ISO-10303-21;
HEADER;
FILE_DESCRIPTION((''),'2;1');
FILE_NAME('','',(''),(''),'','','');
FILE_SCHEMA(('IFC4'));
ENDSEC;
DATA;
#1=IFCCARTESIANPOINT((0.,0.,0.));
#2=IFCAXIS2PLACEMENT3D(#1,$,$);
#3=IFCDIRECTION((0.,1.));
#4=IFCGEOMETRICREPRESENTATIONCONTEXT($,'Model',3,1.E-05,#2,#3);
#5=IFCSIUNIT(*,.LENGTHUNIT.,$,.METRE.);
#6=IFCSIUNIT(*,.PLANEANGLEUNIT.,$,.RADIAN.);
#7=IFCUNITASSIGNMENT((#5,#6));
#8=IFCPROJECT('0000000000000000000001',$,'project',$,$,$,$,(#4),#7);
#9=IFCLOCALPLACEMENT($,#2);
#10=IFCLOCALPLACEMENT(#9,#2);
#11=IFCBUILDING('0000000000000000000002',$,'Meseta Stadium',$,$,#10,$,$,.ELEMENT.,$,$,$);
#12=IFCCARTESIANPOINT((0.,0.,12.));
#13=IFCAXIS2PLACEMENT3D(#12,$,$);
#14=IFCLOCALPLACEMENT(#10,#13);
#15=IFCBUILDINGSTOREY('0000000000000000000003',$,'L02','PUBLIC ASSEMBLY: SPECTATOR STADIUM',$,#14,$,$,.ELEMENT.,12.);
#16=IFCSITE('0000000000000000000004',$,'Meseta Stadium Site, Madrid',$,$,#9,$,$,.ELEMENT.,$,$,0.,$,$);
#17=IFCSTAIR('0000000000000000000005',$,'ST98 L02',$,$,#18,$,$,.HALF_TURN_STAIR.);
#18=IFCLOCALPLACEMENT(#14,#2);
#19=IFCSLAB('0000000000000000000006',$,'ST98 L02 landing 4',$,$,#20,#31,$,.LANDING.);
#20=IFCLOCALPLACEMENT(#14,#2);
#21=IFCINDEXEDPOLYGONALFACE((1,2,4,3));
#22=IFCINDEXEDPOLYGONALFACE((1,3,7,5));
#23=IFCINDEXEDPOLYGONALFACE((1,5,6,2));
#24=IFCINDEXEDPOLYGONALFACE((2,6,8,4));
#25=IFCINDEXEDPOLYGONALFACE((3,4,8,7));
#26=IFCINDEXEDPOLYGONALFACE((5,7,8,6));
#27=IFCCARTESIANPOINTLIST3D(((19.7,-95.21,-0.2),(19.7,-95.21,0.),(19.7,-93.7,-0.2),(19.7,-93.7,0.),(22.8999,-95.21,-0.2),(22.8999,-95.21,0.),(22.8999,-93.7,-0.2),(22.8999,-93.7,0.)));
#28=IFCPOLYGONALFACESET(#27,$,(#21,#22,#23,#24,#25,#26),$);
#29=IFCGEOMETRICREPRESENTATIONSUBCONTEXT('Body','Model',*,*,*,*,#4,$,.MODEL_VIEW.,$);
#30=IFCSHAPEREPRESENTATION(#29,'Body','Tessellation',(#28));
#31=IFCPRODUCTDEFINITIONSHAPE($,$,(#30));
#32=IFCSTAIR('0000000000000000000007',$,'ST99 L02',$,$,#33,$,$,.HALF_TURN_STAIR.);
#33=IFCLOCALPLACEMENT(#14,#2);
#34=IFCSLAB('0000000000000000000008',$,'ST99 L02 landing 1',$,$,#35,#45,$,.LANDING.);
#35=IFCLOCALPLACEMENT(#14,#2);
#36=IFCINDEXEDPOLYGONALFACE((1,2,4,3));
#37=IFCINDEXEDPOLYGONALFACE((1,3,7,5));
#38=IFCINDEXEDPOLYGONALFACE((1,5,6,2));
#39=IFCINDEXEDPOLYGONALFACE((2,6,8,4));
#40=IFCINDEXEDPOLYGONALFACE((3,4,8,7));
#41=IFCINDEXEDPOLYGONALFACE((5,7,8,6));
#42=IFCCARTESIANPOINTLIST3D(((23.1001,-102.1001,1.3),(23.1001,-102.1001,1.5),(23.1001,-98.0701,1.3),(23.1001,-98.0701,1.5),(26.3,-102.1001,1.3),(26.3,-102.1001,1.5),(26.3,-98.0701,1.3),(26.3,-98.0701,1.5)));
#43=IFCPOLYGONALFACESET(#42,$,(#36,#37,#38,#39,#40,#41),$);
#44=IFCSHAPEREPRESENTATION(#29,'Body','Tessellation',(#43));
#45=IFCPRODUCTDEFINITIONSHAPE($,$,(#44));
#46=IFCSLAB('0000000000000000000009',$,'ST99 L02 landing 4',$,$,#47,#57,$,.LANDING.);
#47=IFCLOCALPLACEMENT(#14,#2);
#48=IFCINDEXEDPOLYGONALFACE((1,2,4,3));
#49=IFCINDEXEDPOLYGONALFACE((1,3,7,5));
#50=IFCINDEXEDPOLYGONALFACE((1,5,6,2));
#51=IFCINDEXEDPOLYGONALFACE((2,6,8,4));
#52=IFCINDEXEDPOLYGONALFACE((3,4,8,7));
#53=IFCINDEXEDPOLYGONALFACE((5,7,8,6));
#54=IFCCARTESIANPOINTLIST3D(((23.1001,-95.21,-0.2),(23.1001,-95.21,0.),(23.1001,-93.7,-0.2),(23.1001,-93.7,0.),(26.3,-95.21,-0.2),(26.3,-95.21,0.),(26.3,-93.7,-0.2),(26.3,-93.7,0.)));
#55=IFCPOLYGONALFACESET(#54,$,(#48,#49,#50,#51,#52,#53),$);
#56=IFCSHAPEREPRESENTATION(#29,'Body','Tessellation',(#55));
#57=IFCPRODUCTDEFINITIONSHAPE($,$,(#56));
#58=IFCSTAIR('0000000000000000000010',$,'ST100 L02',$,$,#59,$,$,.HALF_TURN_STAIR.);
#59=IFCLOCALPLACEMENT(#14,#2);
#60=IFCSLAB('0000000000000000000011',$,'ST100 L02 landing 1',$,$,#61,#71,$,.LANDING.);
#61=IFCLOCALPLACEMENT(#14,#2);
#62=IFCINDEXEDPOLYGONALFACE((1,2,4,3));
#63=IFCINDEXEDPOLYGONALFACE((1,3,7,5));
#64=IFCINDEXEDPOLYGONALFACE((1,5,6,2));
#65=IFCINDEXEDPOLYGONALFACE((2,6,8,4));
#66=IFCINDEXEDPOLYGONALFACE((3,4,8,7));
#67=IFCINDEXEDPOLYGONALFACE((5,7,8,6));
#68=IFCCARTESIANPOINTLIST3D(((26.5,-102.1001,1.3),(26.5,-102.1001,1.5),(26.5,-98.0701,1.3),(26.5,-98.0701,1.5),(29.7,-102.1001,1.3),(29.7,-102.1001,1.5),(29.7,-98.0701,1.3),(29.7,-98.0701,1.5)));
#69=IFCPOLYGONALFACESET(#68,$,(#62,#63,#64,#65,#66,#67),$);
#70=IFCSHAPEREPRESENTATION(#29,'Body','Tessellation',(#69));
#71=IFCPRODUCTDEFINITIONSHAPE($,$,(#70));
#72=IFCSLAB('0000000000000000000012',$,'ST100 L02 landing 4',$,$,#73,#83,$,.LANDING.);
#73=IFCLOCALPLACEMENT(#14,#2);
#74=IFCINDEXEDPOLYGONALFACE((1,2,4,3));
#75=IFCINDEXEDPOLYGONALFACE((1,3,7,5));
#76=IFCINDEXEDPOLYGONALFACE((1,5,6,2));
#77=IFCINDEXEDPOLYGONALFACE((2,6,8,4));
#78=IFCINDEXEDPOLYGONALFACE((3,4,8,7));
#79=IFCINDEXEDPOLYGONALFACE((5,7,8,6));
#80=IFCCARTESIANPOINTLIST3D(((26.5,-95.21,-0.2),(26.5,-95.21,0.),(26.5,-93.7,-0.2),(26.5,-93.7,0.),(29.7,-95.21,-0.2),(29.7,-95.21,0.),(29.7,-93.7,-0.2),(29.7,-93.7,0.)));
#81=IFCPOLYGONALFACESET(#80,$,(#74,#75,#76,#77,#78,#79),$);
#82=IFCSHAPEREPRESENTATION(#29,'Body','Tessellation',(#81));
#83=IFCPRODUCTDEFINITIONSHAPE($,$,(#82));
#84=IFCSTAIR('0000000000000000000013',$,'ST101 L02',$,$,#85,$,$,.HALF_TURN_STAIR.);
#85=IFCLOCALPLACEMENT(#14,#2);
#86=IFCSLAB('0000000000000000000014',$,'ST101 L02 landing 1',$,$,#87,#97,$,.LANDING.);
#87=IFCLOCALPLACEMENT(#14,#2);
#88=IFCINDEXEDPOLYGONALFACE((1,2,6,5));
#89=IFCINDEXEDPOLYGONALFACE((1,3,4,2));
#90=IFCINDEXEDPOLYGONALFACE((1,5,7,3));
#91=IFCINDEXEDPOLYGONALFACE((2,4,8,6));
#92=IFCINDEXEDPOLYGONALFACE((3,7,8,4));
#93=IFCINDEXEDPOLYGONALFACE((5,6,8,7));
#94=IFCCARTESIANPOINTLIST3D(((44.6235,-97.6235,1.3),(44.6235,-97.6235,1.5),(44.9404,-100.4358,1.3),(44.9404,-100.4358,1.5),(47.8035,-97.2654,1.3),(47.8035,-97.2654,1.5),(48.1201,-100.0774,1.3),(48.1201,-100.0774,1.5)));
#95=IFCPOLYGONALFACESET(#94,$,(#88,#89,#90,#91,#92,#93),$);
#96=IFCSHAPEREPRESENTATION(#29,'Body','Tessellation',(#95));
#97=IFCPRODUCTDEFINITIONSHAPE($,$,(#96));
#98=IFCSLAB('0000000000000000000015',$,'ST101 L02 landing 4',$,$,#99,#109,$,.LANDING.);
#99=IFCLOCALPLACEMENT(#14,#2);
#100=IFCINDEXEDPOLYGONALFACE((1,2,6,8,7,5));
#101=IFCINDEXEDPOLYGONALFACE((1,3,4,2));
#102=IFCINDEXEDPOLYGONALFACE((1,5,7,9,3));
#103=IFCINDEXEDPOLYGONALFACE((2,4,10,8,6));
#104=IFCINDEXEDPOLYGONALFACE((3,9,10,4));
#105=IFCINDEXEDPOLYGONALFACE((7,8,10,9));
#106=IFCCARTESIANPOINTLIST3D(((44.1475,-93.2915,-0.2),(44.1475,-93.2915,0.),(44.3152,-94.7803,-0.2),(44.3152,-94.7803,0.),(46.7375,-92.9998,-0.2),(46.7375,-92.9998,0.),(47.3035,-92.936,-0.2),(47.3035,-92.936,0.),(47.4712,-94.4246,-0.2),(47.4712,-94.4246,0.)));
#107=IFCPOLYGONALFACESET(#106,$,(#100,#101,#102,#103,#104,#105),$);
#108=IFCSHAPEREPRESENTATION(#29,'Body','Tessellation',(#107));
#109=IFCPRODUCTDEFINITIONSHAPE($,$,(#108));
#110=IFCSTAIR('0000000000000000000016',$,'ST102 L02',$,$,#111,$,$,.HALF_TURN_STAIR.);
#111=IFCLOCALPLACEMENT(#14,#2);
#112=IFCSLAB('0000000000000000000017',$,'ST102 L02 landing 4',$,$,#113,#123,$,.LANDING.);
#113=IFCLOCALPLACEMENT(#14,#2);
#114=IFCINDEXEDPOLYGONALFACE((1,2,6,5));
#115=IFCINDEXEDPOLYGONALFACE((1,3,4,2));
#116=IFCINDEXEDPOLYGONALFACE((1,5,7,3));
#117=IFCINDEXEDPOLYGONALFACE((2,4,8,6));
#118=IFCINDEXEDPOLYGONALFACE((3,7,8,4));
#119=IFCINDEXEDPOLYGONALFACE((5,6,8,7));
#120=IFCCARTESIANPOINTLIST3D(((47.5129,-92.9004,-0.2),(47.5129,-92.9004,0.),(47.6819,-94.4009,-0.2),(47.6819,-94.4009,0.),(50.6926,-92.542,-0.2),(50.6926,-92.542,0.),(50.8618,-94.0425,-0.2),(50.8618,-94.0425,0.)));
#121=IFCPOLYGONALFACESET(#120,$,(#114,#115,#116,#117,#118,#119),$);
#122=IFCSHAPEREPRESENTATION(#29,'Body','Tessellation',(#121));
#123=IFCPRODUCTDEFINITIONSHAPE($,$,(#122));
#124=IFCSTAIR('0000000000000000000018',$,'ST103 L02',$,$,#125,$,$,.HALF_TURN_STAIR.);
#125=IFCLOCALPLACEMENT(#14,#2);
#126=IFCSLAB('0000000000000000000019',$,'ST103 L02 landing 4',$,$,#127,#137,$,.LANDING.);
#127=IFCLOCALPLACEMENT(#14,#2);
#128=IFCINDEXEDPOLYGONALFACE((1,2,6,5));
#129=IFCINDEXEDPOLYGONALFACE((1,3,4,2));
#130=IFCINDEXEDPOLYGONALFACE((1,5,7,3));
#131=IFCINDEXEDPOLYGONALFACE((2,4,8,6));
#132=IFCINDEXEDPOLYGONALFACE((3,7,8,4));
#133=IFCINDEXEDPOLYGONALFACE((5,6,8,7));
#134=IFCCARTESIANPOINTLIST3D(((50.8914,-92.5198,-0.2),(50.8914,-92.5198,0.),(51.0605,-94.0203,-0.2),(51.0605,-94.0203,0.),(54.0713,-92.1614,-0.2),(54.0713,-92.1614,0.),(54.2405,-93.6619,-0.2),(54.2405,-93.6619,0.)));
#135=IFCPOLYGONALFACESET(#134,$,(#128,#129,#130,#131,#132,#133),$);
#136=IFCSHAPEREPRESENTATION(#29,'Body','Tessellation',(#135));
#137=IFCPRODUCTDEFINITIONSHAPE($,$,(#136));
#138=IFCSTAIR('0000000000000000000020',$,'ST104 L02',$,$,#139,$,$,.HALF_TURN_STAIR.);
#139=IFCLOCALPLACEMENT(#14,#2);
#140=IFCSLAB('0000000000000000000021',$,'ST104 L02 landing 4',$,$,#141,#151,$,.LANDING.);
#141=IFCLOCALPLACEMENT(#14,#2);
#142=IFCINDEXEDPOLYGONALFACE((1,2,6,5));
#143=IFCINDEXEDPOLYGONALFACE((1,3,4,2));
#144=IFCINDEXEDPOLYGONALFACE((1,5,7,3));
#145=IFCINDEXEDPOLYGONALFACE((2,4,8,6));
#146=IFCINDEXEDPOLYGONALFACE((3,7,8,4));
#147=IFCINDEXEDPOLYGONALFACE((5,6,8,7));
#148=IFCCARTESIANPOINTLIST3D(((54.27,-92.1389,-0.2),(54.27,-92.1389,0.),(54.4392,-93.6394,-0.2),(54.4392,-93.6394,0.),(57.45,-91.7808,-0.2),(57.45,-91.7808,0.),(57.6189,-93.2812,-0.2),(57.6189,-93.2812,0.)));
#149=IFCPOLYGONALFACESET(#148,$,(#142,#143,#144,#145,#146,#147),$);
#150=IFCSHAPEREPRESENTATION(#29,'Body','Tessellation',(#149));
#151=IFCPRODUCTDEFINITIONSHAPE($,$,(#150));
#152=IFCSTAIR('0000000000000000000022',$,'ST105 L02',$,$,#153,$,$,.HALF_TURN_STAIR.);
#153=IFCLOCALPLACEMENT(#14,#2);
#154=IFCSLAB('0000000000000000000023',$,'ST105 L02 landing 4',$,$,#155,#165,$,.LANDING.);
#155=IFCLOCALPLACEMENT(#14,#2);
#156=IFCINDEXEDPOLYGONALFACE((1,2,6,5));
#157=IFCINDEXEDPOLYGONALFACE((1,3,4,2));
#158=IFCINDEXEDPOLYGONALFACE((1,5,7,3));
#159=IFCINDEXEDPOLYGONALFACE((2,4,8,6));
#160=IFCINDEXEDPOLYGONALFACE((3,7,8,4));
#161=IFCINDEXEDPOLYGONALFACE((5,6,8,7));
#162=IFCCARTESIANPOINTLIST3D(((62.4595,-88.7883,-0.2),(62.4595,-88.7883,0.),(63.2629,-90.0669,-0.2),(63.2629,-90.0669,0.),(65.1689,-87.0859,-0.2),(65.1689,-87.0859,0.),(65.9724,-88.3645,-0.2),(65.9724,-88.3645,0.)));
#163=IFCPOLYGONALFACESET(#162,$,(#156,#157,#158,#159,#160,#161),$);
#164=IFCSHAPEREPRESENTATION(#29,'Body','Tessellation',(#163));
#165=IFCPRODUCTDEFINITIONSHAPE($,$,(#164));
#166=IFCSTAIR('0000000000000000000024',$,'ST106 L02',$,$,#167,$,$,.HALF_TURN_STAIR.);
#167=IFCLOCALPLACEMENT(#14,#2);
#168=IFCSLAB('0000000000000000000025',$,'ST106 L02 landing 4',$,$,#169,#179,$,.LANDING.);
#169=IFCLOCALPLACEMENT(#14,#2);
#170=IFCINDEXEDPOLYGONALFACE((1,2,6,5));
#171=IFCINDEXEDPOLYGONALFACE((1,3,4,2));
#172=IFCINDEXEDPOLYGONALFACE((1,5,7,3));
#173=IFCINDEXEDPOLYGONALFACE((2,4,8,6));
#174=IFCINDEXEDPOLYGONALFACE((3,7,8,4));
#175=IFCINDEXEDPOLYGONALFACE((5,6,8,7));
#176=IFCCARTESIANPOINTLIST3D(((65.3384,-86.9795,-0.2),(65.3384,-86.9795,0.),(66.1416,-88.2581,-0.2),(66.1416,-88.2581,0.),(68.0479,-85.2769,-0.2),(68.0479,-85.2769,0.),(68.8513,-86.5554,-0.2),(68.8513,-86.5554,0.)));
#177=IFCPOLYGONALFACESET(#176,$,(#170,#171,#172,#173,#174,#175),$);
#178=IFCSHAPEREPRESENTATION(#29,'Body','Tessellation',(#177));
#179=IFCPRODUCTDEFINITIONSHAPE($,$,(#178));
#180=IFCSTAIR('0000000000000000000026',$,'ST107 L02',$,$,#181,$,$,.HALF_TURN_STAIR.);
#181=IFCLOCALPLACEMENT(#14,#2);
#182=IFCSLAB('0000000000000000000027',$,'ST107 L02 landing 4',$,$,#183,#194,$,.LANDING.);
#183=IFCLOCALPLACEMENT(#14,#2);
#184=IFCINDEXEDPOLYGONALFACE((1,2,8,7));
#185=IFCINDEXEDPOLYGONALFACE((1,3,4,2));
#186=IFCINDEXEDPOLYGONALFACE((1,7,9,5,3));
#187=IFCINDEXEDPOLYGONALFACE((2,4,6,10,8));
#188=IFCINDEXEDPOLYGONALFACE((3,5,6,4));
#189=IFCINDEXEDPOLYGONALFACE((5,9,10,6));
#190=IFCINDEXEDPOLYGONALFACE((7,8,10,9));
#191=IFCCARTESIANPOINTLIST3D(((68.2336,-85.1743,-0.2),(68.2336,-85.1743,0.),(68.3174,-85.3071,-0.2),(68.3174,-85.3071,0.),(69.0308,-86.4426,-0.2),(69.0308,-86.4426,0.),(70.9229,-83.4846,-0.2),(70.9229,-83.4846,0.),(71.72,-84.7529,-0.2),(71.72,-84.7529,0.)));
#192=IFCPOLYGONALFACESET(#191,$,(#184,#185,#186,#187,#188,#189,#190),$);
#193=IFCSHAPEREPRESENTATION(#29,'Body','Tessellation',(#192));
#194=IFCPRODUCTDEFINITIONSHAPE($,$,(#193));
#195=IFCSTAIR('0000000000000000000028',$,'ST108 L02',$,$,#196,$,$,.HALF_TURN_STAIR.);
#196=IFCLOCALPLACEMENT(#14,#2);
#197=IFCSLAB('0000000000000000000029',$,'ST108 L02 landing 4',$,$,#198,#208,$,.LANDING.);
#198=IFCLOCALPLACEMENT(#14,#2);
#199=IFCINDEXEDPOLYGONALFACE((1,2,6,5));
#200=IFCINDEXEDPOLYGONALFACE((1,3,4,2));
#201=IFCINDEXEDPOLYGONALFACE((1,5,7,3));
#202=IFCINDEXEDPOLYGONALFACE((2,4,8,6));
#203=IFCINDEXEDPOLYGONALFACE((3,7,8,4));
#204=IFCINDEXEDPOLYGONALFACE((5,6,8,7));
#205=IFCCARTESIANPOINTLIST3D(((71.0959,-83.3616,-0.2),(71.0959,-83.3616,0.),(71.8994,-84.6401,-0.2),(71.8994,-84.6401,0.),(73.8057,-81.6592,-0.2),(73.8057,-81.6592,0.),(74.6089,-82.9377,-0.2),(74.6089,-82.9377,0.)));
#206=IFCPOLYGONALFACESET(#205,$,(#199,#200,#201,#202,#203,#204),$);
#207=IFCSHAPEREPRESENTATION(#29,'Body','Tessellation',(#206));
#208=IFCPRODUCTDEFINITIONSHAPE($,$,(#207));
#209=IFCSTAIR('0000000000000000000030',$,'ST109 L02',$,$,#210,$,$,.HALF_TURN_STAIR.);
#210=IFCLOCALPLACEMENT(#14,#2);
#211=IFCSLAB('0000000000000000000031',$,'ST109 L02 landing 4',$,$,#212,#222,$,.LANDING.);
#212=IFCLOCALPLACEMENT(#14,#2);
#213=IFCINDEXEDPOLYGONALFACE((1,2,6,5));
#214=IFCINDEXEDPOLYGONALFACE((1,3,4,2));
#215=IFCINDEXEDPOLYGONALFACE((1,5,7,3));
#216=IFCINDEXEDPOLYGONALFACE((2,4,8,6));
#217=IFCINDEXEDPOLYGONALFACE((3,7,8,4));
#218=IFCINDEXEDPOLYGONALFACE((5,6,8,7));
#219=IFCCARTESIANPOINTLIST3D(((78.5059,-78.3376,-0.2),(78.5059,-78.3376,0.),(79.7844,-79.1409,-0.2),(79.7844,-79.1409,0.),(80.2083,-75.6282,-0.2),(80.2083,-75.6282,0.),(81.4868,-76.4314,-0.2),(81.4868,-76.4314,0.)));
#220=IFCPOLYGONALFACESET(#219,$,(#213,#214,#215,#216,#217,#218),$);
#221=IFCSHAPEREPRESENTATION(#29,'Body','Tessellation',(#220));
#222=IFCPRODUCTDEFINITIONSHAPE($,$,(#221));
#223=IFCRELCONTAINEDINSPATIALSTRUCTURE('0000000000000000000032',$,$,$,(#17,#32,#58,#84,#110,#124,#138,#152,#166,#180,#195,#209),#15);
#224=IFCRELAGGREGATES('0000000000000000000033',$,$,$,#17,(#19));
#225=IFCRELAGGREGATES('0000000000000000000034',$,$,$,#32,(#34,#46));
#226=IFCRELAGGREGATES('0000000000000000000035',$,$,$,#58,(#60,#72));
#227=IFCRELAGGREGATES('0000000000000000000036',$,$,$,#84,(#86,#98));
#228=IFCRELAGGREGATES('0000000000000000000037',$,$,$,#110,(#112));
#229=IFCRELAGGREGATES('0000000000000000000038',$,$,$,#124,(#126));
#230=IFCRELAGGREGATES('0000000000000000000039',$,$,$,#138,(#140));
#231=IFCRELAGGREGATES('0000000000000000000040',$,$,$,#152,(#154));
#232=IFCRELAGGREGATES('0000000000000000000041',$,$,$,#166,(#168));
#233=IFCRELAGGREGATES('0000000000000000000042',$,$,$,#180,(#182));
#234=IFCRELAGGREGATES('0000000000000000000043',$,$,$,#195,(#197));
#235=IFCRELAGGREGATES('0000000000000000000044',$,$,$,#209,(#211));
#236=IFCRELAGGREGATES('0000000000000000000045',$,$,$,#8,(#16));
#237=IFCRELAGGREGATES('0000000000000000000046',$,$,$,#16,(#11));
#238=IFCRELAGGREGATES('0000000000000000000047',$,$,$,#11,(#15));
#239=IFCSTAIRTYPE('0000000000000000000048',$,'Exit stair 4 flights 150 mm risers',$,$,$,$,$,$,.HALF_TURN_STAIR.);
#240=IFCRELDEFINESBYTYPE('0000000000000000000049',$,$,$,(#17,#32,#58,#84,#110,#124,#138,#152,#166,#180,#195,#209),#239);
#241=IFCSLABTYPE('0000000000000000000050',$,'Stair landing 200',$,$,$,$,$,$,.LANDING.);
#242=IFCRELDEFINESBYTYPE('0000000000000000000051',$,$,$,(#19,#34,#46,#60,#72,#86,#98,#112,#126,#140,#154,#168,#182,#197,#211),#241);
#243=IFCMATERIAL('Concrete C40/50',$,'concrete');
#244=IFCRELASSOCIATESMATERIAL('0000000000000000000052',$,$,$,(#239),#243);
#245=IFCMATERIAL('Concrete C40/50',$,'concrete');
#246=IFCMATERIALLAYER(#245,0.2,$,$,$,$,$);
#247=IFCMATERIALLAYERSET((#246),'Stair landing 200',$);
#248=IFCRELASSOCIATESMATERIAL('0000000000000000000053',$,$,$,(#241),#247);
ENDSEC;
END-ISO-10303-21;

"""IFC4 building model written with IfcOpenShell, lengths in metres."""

from ifc_helpers import new_model, si_unit, direction, frame, origin, place, context, subcontext, project, spatial, polyline, outline, extrude, material, layer, layer_set, type_object, element, aggregate, save


model = new_model("IFC4")

# Units and contexts
model_context = context("Model", 3, precision=1e-05, world=origin(), true_north=direction((0.0, 1.0)))
body_context = subcontext(model_context, "Body", "Model", "MODEL_VIEW")
ifc_project = project(units=[si_unit("LENGTHUNIT", "METRE"), si_unit("PLANEANGLEUNIT", "RADIAN")], contexts=[model_context])

# Site, building, storey
site_placement = place(None, origin())
site = spatial("IfcSite", under=ifc_project, at=site_placement, Name="Meseta Stadium Site, Madrid", CompositionType="ELEMENT", RefElevation=0.0)
building_placement = place(site_placement, origin())
building = spatial("IfcBuilding", under=site, at=building_placement, Name="Meseta Stadium", CompositionType="ELEMENT")
storey_placement = place(building_placement, frame((0.0, 0.0, 12.0)))
storey = spatial("IfcBuildingStorey", under=building, at=storey_placement, Name="L02", Description="PUBLIC ASSEMBLY: SPECTATOR STADIUM", CompositionType="ELEMENT", Elevation=12.0)

# Shared definitions
ifc_material_1 = material(Name="Concrete C40/50", Category="concrete")
stair_type = type_object("IfcStairType", Name="Exit stair 4 flights 150 mm risers", PredefinedType="HALF_TURN_STAIR", material=ifc_material_1)
ifc_material_2 = material(Name="Concrete C40/50", Category="concrete")
ifc_layer = layer(ifc_material_2, 0.2)
ifc_layer_set = layer_set([ifc_layer], Name="Stair landing 200")
slab_type = type_object("IfcSlabType", Name="Stair landing 200", PredefinedType="LANDING", material=ifc_layer_set)

# Stairs, slabs
stair_1_placement = place(storey_placement, origin())
stair_1 = element("IfcStair", 1, at=stair_1_placement, inside=storey, type_object=stair_type, Name="ST98 L02", PredefinedType="HALF_TURN_STAIR")
slab_1_placement = place(storey_placement, frame((0.0, 0.0, -0.2)))
slab_1 = element("IfcSlab", 2, at=slab_1_placement, type_object=slab_type, Name="ST98 L02 landing 4", PredefinedType="LANDING", context=body_context, shape_type="SweptSolid", body=[
    extrude(outline(polyline([(19.7, -93.7), (19.7, -95.21), (22.8999, -95.21), (22.8999, -93.7), (19.7, -93.7)])), origin(), (0.0, 0.0, 1.0), 0.2),
])
aggregate(stair_1, [slab_1])
stair_2_placement = place(storey_placement, origin())
stair_2 = element("IfcStair", 3, at=stair_2_placement, inside=storey, type_object=stair_type, Name="ST99 L02", PredefinedType="HALF_TURN_STAIR")
slab_2_placement = place(storey_placement, frame((0.0, 0.0, 1.3)))
slab_2 = element("IfcSlab", 4, at=slab_2_placement, type_object=slab_type, Name="ST99 L02 landing 1", PredefinedType="LANDING", context=body_context, shape_type="SweptSolid", body=[
    extrude(outline(polyline([(23.1001, -98.0701), (23.1001, -102.1001), (26.3, -102.1001), (26.3, -98.0701), (23.1001, -98.0701)])), origin(), (0.0, 0.0, 1.0), 0.2),
])
slab_3_placement = place(storey_placement, frame((0.0, 0.0, -0.2)))
slab_3 = element("IfcSlab", 5, at=slab_3_placement, type_object=slab_type, Name="ST99 L02 landing 4", PredefinedType="LANDING", context=body_context, shape_type="SweptSolid", body=[
    extrude(outline(polyline([(23.1001, -93.7), (23.1001, -95.21), (26.3, -95.21), (26.3, -93.7), (23.1001, -93.7)])), origin(), (0.0, 0.0, 1.0), 0.2),
])
aggregate(stair_2, [slab_2, slab_3])
stair_3_placement = place(storey_placement, origin())
stair_3 = element("IfcStair", 6, at=stair_3_placement, inside=storey, type_object=stair_type, Name="ST100 L02", PredefinedType="HALF_TURN_STAIR")
slab_4_placement = place(storey_placement, frame((0.0, 0.0, 1.3)))
slab_4 = element("IfcSlab", 7, at=slab_4_placement, type_object=slab_type, Name="ST100 L02 landing 1", PredefinedType="LANDING", context=body_context, shape_type="SweptSolid", body=[
    extrude(outline(polyline([(26.5, -98.0701), (26.5, -102.1001), (29.7, -102.1001), (29.7, -98.0701), (26.5, -98.0701)])), origin(), (0.0, 0.0, 1.0), 0.2),
])
slab_5_placement = place(storey_placement, frame((0.0, 0.0, -0.2)))
slab_5 = element("IfcSlab", 8, at=slab_5_placement, type_object=slab_type, Name="ST100 L02 landing 4", PredefinedType="LANDING", context=body_context, shape_type="SweptSolid", body=[
    extrude(outline(polyline([(26.5, -93.7), (26.5, -95.21), (29.7, -95.21), (29.7, -93.7), (26.5, -93.7)])), origin(), (0.0, 0.0, 1.0), 0.2),
])
aggregate(stair_3, [slab_4, slab_5])
stair_4_placement = place(storey_placement, origin())
stair_4 = element("IfcStair", 9, at=stair_4_placement, inside=storey, type_object=stair_type, Name="ST101 L02", PredefinedType="HALF_TURN_STAIR")
slab_6_placement = place(storey_placement, frame((0.0, 0.0, 1.3)))
slab_6 = element("IfcSlab", 10, at=slab_6_placement, type_object=slab_type, Name="ST101 L02 landing 1", PredefinedType="LANDING", context=body_context, shape_type="SweptSolid", body=[
    extrude(outline(polyline([(44.6235, -97.6235), (44.9404, -100.4358), (48.1201, -100.0774), (47.8035, -97.2654), (44.6235, -97.6235)])), origin(), (0.0, 0.0, 1.0), 0.2),
])
slab_7_placement = place(storey_placement, frame((0.0, 0.0, -0.2)))
slab_7 = element("IfcSlab", 11, at=slab_7_placement, type_object=slab_type, Name="ST101 L02 landing 4", PredefinedType="LANDING", context=body_context, shape_type="SweptSolid", body=[
    extrude(outline(polyline([(44.3152, -94.7803), (47.4712, -94.4246), (47.3035, -92.936), (46.7375, -92.9998), (44.1475, -93.2915), (44.3152, -94.7803)])), origin(), (0.0, 0.0, 1.0), 0.2),
])
aggregate(stair_4, [slab_6, slab_7])

# Stairs, slabs
stair_5_placement = place(storey_placement, origin())
stair_5 = element("IfcStair", 12, at=stair_5_placement, inside=storey, type_object=stair_type, Name="ST102 L02", PredefinedType="HALF_TURN_STAIR")
slab_8_placement = place(storey_placement, frame((0.0, 0.0, -0.2)))
slab_8 = element("IfcSlab", 13, at=slab_8_placement, type_object=slab_type, Name="ST102 L02 landing 4", PredefinedType="LANDING", context=body_context, shape_type="SweptSolid", body=[
    extrude(outline(polyline([(47.5129, -92.9004), (47.6819, -94.4009), (50.8618, -94.0425), (50.6926, -92.542), (47.5129, -92.9004)])), origin(), (0.0, 0.0, 1.0), 0.2),
])
aggregate(stair_5, [slab_8])
stair_6_placement = place(storey_placement, origin())
stair_6 = element("IfcStair", 14, at=stair_6_placement, inside=storey, type_object=stair_type, Name="ST103 L02", PredefinedType="HALF_TURN_STAIR")
slab_9_placement = place(storey_placement, frame((0.0, 0.0, -0.2)))
slab_9 = element("IfcSlab", 15, at=slab_9_placement, type_object=slab_type, Name="ST103 L02 landing 4", PredefinedType="LANDING", context=body_context, shape_type="SweptSolid", body=[
    extrude(outline(polyline([(50.8914, -92.5198), (51.0605, -94.0203), (54.2405, -93.6619), (54.0713, -92.1614), (50.8914, -92.5198)])), origin(), (0.0, 0.0, 1.0), 0.2),
])
aggregate(stair_6, [slab_9])
stair_7_placement = place(storey_placement, origin())
stair_7 = element("IfcStair", 16, at=stair_7_placement, inside=storey, type_object=stair_type, Name="ST104 L02", PredefinedType="HALF_TURN_STAIR")
slab_10_placement = place(storey_placement, frame((0.0, 0.0, -0.2)))
slab_10 = element("IfcSlab", 17, at=slab_10_placement, type_object=slab_type, Name="ST104 L02 landing 4", PredefinedType="LANDING", context=body_context, shape_type="SweptSolid", body=[
    extrude(outline(polyline([(54.27, -92.1389), (54.4392, -93.6394), (57.6189, -93.2812), (57.45, -91.7808), (54.27, -92.1389)])), origin(), (0.0, 0.0, 1.0), 0.2),
])
aggregate(stair_7, [slab_10])
stair_8_placement = place(storey_placement, origin())
stair_8 = element("IfcStair", 18, at=stair_8_placement, inside=storey, type_object=stair_type, Name="ST105 L02", PredefinedType="HALF_TURN_STAIR")
slab_11_placement = place(storey_placement, frame((0.0, 0.0, -0.2)))
slab_11 = element("IfcSlab", 19, at=slab_11_placement, type_object=slab_type, Name="ST105 L02 landing 4", PredefinedType="LANDING", context=body_context, shape_type="SweptSolid", body=[
    extrude(outline(polyline([(62.4595, -88.7883), (63.2629, -90.0669), (65.9724, -88.3645), (65.1689, -87.0859), (62.4595, -88.7883)])), origin(), (0.0, 0.0, 1.0), 0.2),
])
aggregate(stair_8, [slab_11])
stair_9_placement = place(storey_placement, origin())
stair_9 = element("IfcStair", 20, at=stair_9_placement, inside=storey, type_object=stair_type, Name="ST106 L02", PredefinedType="HALF_TURN_STAIR")
slab_12_placement = place(storey_placement, frame((0.0, 0.0, -0.2)))
slab_12 = element("IfcSlab", 21, at=slab_12_placement, type_object=slab_type, Name="ST106 L02 landing 4", PredefinedType="LANDING", context=body_context, shape_type="SweptSolid", body=[
    extrude(outline(polyline([(65.3384, -86.9795), (66.1416, -88.2581), (68.8513, -86.5554), (68.0479, -85.2769), (65.3384, -86.9795)])), origin(), (0.0, 0.0, 1.0), 0.2),
])
aggregate(stair_9, [slab_12])
stair_10_placement = place(storey_placement, origin())
stair_10 = element("IfcStair", 22, at=stair_10_placement, inside=storey, type_object=stair_type, Name="ST107 L02", PredefinedType="HALF_TURN_STAIR")
slab_13_placement = place(storey_placement, frame((0.0, 0.0, -0.2)))
slab_13 = element("IfcSlab", 23, at=slab_13_placement, type_object=slab_type, Name="ST107 L02 landing 4", PredefinedType="LANDING", context=body_context, shape_type="SweptSolid", body=[
    extrude(outline(polyline([(68.2336, -85.1743), (68.3174, -85.3071), (69.0308, -86.4426), (71.72, -84.7529), (70.9229, -83.4846), (68.2336, -85.1743)])), origin(), (0.0, 0.0, 1.0), 0.2),
])
aggregate(stair_10, [slab_13])
stair_11_placement = place(storey_placement, origin())
stair_11 = element("IfcStair", 24, at=stair_11_placement, inside=storey, type_object=stair_type, Name="ST108 L02", PredefinedType="HALF_TURN_STAIR")
slab_14_placement = place(storey_placement, frame((0.0, 0.0, -0.2)))
slab_14 = element("IfcSlab", 25, at=slab_14_placement, type_object=slab_type, Name="ST108 L02 landing 4", PredefinedType="LANDING", context=body_context, shape_type="SweptSolid", body=[
    extrude(outline(polyline([(71.0959, -83.3616), (71.8994, -84.6401), (74.6089, -82.9377), (73.8057, -81.6592), (71.0959, -83.3616)])), origin(), (0.0, 0.0, 1.0), 0.2),
])
aggregate(stair_11, [slab_14])
stair_12_placement = place(storey_placement, origin())
stair_12 = element("IfcStair", 26, at=stair_12_placement, inside=storey, type_object=stair_type, Name="ST109 L02", PredefinedType="HALF_TURN_STAIR")
slab_15_placement = place(storey_placement, frame((0.0, 0.0, -0.2)))
slab_15 = element("IfcSlab", 27, at=slab_15_placement, type_object=slab_type, Name="ST109 L02 landing 4", PredefinedType="LANDING", context=body_context, shape_type="SweptSolid", body=[
    extrude(outline(polyline([(78.5059, -78.3376), (79.7844, -79.1409), (81.4868, -76.4314), (80.2083, -75.6282), (78.5059, -78.3376)])), origin(), (0.0, 0.0, 1.0), 0.2),
])
aggregate(stair_12, [slab_15])

save(model, "model.ifc")
